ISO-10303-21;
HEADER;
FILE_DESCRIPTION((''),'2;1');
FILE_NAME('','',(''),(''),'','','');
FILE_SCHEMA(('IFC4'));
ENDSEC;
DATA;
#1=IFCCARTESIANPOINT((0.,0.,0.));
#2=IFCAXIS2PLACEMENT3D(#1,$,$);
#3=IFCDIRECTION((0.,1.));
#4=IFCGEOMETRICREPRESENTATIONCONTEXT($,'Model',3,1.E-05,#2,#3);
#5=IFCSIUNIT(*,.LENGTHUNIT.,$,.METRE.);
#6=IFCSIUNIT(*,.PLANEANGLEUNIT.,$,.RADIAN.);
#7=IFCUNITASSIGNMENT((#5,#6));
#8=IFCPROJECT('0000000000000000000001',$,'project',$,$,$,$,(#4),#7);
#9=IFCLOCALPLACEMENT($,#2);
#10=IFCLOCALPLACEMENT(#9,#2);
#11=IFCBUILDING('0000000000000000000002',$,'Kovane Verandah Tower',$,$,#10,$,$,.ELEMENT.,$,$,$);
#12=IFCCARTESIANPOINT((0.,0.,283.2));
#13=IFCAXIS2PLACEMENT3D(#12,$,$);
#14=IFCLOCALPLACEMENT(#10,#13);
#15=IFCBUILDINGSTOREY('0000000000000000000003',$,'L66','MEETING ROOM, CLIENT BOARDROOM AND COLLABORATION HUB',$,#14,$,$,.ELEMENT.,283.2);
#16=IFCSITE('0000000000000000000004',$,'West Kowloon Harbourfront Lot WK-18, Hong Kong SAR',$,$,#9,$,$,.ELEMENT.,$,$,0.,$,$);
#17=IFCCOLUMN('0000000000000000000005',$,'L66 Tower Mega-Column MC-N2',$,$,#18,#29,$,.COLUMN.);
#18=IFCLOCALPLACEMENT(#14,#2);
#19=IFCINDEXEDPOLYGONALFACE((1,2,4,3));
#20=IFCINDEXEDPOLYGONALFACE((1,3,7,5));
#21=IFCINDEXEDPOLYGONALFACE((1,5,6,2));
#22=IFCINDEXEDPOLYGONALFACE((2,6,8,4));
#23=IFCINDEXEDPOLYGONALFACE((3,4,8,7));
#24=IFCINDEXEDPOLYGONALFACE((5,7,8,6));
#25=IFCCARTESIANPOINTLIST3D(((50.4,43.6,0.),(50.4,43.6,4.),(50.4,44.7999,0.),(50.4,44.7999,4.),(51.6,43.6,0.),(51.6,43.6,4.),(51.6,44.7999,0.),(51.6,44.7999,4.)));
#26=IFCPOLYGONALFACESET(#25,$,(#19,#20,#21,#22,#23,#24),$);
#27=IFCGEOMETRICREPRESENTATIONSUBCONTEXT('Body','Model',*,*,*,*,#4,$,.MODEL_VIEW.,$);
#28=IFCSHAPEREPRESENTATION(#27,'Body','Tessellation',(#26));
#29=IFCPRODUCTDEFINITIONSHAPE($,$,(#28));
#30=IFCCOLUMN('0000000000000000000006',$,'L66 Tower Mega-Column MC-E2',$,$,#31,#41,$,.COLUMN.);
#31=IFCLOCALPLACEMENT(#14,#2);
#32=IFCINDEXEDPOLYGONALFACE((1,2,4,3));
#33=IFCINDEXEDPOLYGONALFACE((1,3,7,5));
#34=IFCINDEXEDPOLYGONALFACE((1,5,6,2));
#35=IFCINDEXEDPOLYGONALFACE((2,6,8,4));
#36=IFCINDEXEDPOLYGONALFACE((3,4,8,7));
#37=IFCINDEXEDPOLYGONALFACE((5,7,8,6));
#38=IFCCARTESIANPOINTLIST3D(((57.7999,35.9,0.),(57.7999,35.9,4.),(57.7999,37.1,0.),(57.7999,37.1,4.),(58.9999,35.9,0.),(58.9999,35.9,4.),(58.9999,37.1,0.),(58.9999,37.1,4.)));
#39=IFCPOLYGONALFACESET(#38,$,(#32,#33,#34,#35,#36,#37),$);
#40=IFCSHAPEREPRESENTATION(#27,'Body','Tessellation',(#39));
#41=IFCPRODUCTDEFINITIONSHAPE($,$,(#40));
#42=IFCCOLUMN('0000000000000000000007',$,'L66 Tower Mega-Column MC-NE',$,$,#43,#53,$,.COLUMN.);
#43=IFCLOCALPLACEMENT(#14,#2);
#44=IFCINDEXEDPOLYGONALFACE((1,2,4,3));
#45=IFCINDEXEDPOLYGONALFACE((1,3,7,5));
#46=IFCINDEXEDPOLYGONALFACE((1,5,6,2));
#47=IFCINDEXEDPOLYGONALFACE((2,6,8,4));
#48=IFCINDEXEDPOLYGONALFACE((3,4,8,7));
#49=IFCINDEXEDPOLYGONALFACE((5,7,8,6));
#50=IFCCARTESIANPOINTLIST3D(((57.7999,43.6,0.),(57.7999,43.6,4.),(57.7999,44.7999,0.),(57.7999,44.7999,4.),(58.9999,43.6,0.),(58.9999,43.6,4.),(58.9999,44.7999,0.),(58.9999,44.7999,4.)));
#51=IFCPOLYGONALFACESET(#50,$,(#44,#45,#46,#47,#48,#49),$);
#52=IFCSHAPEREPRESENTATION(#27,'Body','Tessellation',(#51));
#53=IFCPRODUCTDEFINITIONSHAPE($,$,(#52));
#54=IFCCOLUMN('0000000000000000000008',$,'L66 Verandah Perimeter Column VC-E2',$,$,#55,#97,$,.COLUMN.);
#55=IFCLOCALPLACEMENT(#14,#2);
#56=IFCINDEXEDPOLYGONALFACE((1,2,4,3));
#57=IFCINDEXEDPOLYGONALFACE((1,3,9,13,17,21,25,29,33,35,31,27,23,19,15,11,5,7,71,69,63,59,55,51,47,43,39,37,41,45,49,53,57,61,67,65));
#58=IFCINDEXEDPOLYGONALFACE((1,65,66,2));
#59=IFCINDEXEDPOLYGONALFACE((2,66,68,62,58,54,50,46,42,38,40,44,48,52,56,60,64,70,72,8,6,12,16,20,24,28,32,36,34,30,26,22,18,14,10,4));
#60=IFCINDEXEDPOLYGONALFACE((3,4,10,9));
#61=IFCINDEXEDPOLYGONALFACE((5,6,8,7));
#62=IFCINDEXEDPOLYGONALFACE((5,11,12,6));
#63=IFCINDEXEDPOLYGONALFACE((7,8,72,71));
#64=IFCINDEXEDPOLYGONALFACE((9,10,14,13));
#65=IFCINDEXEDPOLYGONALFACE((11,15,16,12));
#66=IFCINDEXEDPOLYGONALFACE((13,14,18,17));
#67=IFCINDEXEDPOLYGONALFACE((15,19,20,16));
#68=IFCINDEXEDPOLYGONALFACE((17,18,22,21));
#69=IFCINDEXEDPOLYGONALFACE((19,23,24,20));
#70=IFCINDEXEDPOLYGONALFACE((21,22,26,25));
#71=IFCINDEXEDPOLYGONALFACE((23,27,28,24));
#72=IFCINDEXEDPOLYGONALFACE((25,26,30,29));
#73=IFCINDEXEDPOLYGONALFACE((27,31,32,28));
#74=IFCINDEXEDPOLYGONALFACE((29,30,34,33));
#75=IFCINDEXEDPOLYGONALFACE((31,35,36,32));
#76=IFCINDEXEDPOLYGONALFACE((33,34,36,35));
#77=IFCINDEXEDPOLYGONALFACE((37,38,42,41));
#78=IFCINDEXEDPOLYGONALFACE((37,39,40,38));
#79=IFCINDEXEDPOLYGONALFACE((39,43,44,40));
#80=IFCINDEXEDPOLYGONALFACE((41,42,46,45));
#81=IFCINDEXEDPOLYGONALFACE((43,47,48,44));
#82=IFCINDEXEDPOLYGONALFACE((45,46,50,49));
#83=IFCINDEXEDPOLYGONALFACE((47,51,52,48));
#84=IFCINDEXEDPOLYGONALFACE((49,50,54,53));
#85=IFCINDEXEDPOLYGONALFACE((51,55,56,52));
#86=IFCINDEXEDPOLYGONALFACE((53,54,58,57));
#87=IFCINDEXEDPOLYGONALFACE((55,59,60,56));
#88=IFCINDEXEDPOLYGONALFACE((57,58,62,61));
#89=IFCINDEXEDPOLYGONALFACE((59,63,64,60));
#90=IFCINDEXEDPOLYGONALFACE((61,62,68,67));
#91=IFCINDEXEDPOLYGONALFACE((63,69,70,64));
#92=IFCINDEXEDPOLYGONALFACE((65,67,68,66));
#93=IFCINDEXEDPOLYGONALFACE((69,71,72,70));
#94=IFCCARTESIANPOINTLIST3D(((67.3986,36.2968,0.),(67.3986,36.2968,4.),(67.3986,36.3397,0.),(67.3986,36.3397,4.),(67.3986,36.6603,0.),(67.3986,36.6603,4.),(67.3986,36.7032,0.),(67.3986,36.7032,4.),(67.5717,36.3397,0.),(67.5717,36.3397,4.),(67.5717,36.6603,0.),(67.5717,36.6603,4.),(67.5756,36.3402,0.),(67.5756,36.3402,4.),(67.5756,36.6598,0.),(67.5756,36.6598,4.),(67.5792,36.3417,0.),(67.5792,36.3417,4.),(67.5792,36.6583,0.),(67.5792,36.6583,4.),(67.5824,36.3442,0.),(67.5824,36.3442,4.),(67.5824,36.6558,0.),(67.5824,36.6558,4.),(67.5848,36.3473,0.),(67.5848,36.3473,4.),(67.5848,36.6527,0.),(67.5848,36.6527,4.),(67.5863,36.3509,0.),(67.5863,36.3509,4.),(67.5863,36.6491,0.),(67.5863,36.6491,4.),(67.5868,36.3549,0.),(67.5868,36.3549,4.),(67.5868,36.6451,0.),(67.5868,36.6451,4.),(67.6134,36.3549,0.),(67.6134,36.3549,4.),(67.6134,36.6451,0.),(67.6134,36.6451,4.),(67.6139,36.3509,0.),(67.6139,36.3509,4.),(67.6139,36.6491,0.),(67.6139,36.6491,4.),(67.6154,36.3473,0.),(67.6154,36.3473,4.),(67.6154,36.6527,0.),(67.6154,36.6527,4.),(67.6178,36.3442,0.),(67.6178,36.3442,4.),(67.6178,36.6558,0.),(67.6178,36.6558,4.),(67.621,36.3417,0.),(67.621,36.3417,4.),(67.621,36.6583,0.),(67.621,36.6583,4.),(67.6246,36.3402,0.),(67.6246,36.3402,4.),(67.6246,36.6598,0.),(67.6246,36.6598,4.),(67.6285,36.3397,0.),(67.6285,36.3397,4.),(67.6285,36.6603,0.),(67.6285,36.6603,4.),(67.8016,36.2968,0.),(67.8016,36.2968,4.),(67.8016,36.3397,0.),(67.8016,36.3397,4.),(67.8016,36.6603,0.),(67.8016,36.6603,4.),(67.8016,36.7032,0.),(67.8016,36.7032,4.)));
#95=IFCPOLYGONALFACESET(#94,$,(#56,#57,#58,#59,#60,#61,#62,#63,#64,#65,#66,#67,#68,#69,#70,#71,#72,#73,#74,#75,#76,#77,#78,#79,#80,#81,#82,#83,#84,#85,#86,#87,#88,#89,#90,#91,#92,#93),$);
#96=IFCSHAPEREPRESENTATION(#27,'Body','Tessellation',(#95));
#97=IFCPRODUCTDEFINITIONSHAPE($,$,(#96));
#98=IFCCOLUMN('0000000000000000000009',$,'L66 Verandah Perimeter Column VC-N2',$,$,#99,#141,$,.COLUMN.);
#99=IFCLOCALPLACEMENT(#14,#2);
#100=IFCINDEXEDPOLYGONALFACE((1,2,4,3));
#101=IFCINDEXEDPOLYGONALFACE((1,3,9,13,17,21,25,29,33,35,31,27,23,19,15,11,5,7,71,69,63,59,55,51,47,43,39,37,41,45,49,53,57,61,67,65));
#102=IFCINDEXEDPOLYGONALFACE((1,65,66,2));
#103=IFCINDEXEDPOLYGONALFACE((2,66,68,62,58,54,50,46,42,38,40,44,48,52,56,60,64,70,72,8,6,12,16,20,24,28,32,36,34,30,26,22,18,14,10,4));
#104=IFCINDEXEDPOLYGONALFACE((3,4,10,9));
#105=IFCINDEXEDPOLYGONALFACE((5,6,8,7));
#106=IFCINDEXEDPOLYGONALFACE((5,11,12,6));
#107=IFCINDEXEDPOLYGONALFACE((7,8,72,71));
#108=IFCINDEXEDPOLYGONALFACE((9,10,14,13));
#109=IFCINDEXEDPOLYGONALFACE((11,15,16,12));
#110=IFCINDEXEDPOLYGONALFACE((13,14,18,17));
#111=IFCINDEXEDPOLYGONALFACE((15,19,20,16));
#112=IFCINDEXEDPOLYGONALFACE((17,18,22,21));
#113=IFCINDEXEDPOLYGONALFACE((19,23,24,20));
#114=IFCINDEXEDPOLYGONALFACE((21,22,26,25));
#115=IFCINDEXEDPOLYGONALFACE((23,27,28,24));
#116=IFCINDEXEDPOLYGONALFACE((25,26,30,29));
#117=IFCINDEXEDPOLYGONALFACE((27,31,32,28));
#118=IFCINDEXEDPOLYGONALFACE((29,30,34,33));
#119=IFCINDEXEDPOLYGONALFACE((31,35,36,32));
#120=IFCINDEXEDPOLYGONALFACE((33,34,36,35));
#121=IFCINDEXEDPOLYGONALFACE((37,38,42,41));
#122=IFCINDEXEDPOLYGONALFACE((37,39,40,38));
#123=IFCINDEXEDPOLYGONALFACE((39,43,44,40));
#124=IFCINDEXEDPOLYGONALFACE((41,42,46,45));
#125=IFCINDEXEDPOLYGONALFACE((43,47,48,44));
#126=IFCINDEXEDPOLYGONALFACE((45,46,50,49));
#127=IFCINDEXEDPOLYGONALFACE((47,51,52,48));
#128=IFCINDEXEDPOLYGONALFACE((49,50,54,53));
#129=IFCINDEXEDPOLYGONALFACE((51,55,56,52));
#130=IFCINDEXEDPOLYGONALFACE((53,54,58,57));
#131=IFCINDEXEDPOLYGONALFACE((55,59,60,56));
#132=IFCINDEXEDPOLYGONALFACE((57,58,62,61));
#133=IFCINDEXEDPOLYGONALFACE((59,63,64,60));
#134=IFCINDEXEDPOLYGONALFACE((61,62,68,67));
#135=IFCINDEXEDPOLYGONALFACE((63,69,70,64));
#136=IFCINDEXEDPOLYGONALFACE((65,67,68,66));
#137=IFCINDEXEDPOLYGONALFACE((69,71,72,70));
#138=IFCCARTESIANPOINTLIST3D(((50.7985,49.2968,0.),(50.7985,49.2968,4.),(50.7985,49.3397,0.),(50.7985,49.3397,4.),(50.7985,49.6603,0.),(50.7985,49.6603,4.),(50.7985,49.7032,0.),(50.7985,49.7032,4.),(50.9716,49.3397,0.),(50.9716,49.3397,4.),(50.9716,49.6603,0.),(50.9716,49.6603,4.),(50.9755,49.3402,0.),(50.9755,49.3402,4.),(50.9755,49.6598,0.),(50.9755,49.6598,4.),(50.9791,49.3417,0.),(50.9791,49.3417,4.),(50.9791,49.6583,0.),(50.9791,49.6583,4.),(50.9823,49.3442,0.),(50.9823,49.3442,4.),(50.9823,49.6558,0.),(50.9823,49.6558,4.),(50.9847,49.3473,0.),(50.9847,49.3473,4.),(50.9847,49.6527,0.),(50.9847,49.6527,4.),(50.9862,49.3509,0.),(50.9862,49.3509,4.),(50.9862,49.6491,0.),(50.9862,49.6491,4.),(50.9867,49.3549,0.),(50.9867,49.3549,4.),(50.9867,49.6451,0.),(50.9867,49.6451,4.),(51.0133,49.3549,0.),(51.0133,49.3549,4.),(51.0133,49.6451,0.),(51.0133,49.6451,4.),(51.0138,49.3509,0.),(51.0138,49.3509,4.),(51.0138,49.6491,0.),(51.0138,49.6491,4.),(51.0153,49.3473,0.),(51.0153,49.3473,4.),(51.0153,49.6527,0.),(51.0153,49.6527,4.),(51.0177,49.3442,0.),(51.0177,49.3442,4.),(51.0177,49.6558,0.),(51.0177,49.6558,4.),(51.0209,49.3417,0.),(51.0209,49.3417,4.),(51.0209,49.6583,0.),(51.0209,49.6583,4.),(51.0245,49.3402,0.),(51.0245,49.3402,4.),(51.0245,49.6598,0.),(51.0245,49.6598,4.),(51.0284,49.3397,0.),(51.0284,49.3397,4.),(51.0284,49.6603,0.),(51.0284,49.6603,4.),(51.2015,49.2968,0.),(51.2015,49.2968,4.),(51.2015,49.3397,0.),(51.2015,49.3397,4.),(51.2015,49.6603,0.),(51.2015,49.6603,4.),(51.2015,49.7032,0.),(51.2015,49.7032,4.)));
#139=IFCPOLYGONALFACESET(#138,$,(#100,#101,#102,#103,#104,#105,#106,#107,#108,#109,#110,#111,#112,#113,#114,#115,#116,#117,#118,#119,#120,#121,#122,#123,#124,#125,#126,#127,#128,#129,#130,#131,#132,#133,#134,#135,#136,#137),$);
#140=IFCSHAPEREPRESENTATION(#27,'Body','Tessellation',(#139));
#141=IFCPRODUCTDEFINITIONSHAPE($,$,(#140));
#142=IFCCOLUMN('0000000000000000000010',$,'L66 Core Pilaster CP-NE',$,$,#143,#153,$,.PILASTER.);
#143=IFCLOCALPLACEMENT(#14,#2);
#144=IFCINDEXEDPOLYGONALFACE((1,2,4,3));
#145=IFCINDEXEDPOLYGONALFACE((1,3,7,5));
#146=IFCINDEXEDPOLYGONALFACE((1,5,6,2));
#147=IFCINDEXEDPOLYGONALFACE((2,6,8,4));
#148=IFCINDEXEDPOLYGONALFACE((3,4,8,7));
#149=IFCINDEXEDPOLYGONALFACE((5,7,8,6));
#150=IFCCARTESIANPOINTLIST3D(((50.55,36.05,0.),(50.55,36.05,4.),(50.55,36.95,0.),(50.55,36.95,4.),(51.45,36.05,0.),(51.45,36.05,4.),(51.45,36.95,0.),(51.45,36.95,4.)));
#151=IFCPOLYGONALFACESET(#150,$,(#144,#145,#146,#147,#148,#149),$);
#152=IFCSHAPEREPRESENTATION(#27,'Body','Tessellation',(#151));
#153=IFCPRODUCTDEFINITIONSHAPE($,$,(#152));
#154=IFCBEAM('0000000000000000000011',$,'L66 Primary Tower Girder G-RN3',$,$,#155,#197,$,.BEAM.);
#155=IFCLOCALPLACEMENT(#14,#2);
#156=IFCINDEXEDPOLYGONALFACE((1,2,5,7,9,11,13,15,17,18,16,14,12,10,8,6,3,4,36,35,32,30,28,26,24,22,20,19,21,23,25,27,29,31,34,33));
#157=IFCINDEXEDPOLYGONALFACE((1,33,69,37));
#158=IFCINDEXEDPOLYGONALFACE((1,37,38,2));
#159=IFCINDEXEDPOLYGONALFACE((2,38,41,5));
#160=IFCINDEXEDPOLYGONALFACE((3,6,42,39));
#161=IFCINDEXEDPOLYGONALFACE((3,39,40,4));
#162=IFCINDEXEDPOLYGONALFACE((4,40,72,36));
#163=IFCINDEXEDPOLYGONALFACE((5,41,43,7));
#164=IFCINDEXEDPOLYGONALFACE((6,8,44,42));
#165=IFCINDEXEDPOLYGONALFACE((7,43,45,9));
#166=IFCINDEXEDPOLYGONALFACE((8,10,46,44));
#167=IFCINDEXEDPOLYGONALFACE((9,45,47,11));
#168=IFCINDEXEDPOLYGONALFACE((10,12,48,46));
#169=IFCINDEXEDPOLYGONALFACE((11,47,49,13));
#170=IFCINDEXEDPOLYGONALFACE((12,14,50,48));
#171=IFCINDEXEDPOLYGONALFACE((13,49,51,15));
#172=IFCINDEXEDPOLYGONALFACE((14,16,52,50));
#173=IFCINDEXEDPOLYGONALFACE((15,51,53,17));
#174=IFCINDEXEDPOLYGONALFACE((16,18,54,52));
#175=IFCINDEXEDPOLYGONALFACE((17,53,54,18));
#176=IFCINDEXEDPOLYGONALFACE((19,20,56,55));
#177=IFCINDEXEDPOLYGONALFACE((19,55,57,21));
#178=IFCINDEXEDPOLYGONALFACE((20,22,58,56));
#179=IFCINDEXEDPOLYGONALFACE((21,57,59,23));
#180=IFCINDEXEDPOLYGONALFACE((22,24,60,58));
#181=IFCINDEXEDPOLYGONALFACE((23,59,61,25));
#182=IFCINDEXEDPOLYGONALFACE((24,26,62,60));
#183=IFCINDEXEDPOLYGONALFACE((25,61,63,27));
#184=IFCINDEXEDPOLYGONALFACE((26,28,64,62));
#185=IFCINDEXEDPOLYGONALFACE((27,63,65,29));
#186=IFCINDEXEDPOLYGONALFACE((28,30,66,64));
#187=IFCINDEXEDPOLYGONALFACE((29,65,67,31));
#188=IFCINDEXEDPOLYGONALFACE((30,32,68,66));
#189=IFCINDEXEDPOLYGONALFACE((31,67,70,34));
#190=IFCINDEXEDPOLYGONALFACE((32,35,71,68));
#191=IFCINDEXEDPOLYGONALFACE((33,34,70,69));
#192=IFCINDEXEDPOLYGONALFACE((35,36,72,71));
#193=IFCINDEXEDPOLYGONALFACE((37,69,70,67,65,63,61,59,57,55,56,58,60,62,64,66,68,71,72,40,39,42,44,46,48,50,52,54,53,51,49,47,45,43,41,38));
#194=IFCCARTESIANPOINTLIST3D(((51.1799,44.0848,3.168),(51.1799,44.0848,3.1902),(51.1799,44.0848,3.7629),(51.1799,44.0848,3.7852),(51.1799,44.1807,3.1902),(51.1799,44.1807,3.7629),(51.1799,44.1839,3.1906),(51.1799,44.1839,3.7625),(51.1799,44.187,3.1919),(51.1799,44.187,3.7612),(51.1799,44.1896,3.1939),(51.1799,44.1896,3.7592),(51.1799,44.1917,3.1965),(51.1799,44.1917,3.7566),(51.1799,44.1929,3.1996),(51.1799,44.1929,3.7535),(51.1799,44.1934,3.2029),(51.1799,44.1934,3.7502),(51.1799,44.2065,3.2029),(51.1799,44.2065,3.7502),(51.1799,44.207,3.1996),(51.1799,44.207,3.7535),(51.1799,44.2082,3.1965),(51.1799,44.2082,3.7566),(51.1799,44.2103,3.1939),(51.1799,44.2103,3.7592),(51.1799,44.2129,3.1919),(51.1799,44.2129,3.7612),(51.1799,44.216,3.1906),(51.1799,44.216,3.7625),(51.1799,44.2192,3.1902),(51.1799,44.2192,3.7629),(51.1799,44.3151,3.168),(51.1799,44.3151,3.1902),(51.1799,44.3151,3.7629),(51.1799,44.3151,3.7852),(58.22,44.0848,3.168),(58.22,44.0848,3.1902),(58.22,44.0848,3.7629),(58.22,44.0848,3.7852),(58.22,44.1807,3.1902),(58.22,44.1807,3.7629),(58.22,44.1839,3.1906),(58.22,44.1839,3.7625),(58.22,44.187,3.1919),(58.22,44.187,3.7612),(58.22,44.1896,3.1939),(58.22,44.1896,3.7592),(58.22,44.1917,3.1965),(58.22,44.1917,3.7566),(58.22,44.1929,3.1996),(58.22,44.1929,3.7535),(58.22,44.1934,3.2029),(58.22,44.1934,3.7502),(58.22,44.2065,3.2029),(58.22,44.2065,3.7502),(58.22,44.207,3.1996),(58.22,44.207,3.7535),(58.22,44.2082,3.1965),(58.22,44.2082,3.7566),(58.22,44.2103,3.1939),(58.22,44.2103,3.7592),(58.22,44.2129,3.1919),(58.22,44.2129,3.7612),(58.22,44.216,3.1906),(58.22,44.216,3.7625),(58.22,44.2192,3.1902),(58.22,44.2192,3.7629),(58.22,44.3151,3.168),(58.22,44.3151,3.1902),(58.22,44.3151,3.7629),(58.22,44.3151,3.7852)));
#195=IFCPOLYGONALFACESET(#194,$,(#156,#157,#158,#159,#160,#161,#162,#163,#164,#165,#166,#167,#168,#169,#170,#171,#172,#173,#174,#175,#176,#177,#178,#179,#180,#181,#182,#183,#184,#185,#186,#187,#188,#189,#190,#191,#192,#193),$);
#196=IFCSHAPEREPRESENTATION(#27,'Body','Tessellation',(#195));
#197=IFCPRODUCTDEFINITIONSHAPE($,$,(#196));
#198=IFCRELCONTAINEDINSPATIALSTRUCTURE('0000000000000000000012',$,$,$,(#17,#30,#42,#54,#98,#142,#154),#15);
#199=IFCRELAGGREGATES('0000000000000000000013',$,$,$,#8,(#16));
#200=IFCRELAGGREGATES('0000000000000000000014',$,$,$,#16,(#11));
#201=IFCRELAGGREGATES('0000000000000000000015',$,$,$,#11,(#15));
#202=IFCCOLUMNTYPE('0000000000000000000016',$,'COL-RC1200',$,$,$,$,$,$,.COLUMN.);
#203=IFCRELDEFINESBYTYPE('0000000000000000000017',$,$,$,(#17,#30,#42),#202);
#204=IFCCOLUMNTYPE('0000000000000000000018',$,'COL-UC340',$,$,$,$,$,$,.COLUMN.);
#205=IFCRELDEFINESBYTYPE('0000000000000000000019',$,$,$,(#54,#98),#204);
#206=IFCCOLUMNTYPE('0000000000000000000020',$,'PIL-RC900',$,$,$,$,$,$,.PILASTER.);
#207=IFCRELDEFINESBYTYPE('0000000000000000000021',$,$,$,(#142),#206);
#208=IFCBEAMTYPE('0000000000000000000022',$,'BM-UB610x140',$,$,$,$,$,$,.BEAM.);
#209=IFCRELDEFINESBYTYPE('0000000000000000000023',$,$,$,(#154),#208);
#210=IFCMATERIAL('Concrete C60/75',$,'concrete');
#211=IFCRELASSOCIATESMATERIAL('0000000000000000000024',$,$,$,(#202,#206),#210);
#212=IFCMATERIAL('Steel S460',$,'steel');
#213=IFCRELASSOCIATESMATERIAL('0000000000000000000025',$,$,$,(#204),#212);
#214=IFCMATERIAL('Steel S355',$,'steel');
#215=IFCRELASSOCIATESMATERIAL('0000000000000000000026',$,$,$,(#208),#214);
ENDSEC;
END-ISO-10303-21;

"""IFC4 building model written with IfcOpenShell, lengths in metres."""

from ifc_helpers import new_model, si_unit, direction, frame, origin, origin_2d, place, context, subcontext, project, spatial, rectangle, i_section, extrude, material, material_profile, profile_set, type_object, element, save


model = new_model("IFC4")

# Units and contexts
model_context = context("Model", 3, precision=1e-05, world=origin(), true_north=direction((0.0, 1.0)))
body_context = subcontext(model_context, "Body", "Model", "MODEL_VIEW")
ifc_project = project(units=[si_unit("LENGTHUNIT", "METRE"), si_unit("PLANEANGLEUNIT", "RADIAN")], contexts=[model_context])

# Site, building, storey
site_placement = place(None, origin())
site = spatial("IfcSite", under=ifc_project, at=site_placement, Name="West Kowloon Harbourfront Lot WK-18, Hong Kong SAR", CompositionType="ELEMENT", RefElevation=0.0)
building_placement = place(site_placement, origin())
building = spatial("IfcBuilding", under=site, at=building_placement, Name="Kovane Verandah Tower", CompositionType="ELEMENT")
storey_placement = place(building_placement, frame((0.0, 0.0, 283.2)))
storey = spatial("IfcBuildingStorey", under=building, at=storey_placement, Name="L66", Description="MEETING ROOM, CLIENT BOARDROOM AND COLLABORATION HUB", CompositionType="ELEMENT", Elevation=283.2)

# Columns
ifc_material_1 = material(Name="Concrete C60/75", Category="concrete")
ifc_material_profile_1 = material_profile(ifc_material_1, rectangle(XDim=1.2, YDim=1.2, at=origin_2d()), Name="RC1200x1200")
ifc_profile_set_1 = profile_set([ifc_material_profile_1], Name="Concrete C60/75")
column_type_1 = type_object("IfcColumnType", Name="COL-RC1200", PredefinedType="COLUMN", material=ifc_profile_set_1)
for number, where, z_axis, x_axis, name in (
    (1, (51.0, 44.2, 0.0), (0.0, 0.0, 1.0), (1.0, 0.0, 0.0), "L66 Tower Mega-Column MC-N2"),
    (2, (58.3999, 36.5, 0.0), (0.0, 0.0, 1.0), (1.0, 0.0, 0.0), "L66 Tower Mega-Column MC-E2"),
    (3, (58.3999, 44.2, 0.0), (0.0, 0.0, 1.0), (1.0, 0.0, 0.0), "L66 Tower Mega-Column MC-NE"),
):
    element("IfcColumn", number, at=place(storey_placement, frame(where, z_axis=z_axis, x_axis=x_axis)), inside=storey, type_object=column_type_1, Name=name, PredefinedType="COLUMN", context=body_context, shape_type="SweptSolid", body=[
        extrude(rectangle(XDim=1.2, YDim=1.2, at=origin_2d()), origin(), (0.0, 0.0, 1.0), 4.0),
    ])
ifc_material_2 = material(Name="Steel S460", Category="steel")
ifc_material_profile_2 = material_profile(ifc_material_2, i_section(OverallWidth=0.4031, OverallDepth=0.4065, WebThickness=0.0266, FlangeThickness=0.043, FilletRadius=0.0151, at=origin_2d()), Name="UC356x406x340")
ifc_profile_set_2 = profile_set([ifc_material_profile_2], Name="Steel S460")
column_type_2 = type_object("IfcColumnType", Name="COL-UC340", PredefinedType="COLUMN", material=ifc_profile_set_2)
for number, where, z_axis, x_axis, name in (
    (4, (67.6001, 36.5, 0.0), (0.0, 0.0, 1.0), (1.0, 0.0, 0.0), "L66 Verandah Perimeter Column VC-E2"),
    (5, (51.0, 49.5, 0.0), (0.0, 0.0, 1.0), (1.0, 0.0, 0.0), "L66 Verandah Perimeter Column VC-N2"),
):
    element("IfcColumn", number, at=place(storey_placement, frame(where, z_axis=z_axis, x_axis=x_axis)), inside=storey, type_object=column_type_2, Name=name, PredefinedType="COLUMN", context=body_context, shape_type="SweptSolid", body=[
        extrude(i_section(OverallWidth=0.4031, OverallDepth=0.4065, WebThickness=0.0266, FlangeThickness=0.043, FilletRadius=0.0151, at=origin_2d()), origin(), (0.0, 0.0, 1.0), 4.0),
    ])
ifc_material_profile_3 = material_profile(ifc_material_1, rectangle(XDim=0.8999, YDim=0.8999, at=origin_2d()), Name="RC900x900")
ifc_profile_set_3 = profile_set([ifc_material_profile_3], Name="Concrete C60/75")
column_type_3 = type_object("IfcColumnType", Name="PIL-RC900", PredefinedType="PILASTER", material=ifc_profile_set_3)
column_placement = place(storey_placement, frame((51.0, 36.5, 0.0), z_axis=(0.0, 0.0, 1.0), x_axis=(1.0, 0.0, 0.0)))
element("IfcColumn", 6, at=column_placement, inside=storey, type_object=column_type_3, Name="L66 Core Pilaster CP-NE", PredefinedType="PILASTER", context=body_context, shape_type="SweptSolid", body=[
    extrude(rectangle(XDim=0.8999, YDim=0.8999, at=origin_2d()), origin(), (0.0, 0.0, 1.0), 4.0),
])

# Beam
ifc_material_3 = material(Name="Steel S355", Category="steel")
ifc_material_profile_4 = material_profile(ifc_material_3, i_section(OverallWidth=0.2302, OverallDepth=0.6172, WebThickness=0.0132, FlangeThickness=0.0222, FilletRadius=0.0127, at=origin_2d()), Name="UB610x229x140")
ifc_profile_set_4 = profile_set([ifc_material_profile_4], Name="Steel S355")
beam_type_1 = type_object("IfcBeamType", Name="BM-UB610x140", PredefinedType="BEAM", material=ifc_profile_set_4)
beam_1_placement = place(storey_placement, frame((51.1799, 44.2, 3.4766), z_axis=(1.0, 0.0, 0.0), x_axis=(0.0, 1.0, 0.0)))
element("IfcBeam", 7, at=beam_1_placement, inside=storey, type_object=beam_type_1, Name="L66 Primary Tower Girder G-RN3", PredefinedType="BEAM", context=body_context, shape_type="SweptSolid", body=[
    extrude(i_section(OverallWidth=0.2302, OverallDepth=0.6172, WebThickness=0.0132, FlangeThickness=0.0222, FilletRadius=0.0127, at=origin_2d()), origin(), (0.0, 0.0, 1.0), 7.04),
])

save(model, "model.ifc")
